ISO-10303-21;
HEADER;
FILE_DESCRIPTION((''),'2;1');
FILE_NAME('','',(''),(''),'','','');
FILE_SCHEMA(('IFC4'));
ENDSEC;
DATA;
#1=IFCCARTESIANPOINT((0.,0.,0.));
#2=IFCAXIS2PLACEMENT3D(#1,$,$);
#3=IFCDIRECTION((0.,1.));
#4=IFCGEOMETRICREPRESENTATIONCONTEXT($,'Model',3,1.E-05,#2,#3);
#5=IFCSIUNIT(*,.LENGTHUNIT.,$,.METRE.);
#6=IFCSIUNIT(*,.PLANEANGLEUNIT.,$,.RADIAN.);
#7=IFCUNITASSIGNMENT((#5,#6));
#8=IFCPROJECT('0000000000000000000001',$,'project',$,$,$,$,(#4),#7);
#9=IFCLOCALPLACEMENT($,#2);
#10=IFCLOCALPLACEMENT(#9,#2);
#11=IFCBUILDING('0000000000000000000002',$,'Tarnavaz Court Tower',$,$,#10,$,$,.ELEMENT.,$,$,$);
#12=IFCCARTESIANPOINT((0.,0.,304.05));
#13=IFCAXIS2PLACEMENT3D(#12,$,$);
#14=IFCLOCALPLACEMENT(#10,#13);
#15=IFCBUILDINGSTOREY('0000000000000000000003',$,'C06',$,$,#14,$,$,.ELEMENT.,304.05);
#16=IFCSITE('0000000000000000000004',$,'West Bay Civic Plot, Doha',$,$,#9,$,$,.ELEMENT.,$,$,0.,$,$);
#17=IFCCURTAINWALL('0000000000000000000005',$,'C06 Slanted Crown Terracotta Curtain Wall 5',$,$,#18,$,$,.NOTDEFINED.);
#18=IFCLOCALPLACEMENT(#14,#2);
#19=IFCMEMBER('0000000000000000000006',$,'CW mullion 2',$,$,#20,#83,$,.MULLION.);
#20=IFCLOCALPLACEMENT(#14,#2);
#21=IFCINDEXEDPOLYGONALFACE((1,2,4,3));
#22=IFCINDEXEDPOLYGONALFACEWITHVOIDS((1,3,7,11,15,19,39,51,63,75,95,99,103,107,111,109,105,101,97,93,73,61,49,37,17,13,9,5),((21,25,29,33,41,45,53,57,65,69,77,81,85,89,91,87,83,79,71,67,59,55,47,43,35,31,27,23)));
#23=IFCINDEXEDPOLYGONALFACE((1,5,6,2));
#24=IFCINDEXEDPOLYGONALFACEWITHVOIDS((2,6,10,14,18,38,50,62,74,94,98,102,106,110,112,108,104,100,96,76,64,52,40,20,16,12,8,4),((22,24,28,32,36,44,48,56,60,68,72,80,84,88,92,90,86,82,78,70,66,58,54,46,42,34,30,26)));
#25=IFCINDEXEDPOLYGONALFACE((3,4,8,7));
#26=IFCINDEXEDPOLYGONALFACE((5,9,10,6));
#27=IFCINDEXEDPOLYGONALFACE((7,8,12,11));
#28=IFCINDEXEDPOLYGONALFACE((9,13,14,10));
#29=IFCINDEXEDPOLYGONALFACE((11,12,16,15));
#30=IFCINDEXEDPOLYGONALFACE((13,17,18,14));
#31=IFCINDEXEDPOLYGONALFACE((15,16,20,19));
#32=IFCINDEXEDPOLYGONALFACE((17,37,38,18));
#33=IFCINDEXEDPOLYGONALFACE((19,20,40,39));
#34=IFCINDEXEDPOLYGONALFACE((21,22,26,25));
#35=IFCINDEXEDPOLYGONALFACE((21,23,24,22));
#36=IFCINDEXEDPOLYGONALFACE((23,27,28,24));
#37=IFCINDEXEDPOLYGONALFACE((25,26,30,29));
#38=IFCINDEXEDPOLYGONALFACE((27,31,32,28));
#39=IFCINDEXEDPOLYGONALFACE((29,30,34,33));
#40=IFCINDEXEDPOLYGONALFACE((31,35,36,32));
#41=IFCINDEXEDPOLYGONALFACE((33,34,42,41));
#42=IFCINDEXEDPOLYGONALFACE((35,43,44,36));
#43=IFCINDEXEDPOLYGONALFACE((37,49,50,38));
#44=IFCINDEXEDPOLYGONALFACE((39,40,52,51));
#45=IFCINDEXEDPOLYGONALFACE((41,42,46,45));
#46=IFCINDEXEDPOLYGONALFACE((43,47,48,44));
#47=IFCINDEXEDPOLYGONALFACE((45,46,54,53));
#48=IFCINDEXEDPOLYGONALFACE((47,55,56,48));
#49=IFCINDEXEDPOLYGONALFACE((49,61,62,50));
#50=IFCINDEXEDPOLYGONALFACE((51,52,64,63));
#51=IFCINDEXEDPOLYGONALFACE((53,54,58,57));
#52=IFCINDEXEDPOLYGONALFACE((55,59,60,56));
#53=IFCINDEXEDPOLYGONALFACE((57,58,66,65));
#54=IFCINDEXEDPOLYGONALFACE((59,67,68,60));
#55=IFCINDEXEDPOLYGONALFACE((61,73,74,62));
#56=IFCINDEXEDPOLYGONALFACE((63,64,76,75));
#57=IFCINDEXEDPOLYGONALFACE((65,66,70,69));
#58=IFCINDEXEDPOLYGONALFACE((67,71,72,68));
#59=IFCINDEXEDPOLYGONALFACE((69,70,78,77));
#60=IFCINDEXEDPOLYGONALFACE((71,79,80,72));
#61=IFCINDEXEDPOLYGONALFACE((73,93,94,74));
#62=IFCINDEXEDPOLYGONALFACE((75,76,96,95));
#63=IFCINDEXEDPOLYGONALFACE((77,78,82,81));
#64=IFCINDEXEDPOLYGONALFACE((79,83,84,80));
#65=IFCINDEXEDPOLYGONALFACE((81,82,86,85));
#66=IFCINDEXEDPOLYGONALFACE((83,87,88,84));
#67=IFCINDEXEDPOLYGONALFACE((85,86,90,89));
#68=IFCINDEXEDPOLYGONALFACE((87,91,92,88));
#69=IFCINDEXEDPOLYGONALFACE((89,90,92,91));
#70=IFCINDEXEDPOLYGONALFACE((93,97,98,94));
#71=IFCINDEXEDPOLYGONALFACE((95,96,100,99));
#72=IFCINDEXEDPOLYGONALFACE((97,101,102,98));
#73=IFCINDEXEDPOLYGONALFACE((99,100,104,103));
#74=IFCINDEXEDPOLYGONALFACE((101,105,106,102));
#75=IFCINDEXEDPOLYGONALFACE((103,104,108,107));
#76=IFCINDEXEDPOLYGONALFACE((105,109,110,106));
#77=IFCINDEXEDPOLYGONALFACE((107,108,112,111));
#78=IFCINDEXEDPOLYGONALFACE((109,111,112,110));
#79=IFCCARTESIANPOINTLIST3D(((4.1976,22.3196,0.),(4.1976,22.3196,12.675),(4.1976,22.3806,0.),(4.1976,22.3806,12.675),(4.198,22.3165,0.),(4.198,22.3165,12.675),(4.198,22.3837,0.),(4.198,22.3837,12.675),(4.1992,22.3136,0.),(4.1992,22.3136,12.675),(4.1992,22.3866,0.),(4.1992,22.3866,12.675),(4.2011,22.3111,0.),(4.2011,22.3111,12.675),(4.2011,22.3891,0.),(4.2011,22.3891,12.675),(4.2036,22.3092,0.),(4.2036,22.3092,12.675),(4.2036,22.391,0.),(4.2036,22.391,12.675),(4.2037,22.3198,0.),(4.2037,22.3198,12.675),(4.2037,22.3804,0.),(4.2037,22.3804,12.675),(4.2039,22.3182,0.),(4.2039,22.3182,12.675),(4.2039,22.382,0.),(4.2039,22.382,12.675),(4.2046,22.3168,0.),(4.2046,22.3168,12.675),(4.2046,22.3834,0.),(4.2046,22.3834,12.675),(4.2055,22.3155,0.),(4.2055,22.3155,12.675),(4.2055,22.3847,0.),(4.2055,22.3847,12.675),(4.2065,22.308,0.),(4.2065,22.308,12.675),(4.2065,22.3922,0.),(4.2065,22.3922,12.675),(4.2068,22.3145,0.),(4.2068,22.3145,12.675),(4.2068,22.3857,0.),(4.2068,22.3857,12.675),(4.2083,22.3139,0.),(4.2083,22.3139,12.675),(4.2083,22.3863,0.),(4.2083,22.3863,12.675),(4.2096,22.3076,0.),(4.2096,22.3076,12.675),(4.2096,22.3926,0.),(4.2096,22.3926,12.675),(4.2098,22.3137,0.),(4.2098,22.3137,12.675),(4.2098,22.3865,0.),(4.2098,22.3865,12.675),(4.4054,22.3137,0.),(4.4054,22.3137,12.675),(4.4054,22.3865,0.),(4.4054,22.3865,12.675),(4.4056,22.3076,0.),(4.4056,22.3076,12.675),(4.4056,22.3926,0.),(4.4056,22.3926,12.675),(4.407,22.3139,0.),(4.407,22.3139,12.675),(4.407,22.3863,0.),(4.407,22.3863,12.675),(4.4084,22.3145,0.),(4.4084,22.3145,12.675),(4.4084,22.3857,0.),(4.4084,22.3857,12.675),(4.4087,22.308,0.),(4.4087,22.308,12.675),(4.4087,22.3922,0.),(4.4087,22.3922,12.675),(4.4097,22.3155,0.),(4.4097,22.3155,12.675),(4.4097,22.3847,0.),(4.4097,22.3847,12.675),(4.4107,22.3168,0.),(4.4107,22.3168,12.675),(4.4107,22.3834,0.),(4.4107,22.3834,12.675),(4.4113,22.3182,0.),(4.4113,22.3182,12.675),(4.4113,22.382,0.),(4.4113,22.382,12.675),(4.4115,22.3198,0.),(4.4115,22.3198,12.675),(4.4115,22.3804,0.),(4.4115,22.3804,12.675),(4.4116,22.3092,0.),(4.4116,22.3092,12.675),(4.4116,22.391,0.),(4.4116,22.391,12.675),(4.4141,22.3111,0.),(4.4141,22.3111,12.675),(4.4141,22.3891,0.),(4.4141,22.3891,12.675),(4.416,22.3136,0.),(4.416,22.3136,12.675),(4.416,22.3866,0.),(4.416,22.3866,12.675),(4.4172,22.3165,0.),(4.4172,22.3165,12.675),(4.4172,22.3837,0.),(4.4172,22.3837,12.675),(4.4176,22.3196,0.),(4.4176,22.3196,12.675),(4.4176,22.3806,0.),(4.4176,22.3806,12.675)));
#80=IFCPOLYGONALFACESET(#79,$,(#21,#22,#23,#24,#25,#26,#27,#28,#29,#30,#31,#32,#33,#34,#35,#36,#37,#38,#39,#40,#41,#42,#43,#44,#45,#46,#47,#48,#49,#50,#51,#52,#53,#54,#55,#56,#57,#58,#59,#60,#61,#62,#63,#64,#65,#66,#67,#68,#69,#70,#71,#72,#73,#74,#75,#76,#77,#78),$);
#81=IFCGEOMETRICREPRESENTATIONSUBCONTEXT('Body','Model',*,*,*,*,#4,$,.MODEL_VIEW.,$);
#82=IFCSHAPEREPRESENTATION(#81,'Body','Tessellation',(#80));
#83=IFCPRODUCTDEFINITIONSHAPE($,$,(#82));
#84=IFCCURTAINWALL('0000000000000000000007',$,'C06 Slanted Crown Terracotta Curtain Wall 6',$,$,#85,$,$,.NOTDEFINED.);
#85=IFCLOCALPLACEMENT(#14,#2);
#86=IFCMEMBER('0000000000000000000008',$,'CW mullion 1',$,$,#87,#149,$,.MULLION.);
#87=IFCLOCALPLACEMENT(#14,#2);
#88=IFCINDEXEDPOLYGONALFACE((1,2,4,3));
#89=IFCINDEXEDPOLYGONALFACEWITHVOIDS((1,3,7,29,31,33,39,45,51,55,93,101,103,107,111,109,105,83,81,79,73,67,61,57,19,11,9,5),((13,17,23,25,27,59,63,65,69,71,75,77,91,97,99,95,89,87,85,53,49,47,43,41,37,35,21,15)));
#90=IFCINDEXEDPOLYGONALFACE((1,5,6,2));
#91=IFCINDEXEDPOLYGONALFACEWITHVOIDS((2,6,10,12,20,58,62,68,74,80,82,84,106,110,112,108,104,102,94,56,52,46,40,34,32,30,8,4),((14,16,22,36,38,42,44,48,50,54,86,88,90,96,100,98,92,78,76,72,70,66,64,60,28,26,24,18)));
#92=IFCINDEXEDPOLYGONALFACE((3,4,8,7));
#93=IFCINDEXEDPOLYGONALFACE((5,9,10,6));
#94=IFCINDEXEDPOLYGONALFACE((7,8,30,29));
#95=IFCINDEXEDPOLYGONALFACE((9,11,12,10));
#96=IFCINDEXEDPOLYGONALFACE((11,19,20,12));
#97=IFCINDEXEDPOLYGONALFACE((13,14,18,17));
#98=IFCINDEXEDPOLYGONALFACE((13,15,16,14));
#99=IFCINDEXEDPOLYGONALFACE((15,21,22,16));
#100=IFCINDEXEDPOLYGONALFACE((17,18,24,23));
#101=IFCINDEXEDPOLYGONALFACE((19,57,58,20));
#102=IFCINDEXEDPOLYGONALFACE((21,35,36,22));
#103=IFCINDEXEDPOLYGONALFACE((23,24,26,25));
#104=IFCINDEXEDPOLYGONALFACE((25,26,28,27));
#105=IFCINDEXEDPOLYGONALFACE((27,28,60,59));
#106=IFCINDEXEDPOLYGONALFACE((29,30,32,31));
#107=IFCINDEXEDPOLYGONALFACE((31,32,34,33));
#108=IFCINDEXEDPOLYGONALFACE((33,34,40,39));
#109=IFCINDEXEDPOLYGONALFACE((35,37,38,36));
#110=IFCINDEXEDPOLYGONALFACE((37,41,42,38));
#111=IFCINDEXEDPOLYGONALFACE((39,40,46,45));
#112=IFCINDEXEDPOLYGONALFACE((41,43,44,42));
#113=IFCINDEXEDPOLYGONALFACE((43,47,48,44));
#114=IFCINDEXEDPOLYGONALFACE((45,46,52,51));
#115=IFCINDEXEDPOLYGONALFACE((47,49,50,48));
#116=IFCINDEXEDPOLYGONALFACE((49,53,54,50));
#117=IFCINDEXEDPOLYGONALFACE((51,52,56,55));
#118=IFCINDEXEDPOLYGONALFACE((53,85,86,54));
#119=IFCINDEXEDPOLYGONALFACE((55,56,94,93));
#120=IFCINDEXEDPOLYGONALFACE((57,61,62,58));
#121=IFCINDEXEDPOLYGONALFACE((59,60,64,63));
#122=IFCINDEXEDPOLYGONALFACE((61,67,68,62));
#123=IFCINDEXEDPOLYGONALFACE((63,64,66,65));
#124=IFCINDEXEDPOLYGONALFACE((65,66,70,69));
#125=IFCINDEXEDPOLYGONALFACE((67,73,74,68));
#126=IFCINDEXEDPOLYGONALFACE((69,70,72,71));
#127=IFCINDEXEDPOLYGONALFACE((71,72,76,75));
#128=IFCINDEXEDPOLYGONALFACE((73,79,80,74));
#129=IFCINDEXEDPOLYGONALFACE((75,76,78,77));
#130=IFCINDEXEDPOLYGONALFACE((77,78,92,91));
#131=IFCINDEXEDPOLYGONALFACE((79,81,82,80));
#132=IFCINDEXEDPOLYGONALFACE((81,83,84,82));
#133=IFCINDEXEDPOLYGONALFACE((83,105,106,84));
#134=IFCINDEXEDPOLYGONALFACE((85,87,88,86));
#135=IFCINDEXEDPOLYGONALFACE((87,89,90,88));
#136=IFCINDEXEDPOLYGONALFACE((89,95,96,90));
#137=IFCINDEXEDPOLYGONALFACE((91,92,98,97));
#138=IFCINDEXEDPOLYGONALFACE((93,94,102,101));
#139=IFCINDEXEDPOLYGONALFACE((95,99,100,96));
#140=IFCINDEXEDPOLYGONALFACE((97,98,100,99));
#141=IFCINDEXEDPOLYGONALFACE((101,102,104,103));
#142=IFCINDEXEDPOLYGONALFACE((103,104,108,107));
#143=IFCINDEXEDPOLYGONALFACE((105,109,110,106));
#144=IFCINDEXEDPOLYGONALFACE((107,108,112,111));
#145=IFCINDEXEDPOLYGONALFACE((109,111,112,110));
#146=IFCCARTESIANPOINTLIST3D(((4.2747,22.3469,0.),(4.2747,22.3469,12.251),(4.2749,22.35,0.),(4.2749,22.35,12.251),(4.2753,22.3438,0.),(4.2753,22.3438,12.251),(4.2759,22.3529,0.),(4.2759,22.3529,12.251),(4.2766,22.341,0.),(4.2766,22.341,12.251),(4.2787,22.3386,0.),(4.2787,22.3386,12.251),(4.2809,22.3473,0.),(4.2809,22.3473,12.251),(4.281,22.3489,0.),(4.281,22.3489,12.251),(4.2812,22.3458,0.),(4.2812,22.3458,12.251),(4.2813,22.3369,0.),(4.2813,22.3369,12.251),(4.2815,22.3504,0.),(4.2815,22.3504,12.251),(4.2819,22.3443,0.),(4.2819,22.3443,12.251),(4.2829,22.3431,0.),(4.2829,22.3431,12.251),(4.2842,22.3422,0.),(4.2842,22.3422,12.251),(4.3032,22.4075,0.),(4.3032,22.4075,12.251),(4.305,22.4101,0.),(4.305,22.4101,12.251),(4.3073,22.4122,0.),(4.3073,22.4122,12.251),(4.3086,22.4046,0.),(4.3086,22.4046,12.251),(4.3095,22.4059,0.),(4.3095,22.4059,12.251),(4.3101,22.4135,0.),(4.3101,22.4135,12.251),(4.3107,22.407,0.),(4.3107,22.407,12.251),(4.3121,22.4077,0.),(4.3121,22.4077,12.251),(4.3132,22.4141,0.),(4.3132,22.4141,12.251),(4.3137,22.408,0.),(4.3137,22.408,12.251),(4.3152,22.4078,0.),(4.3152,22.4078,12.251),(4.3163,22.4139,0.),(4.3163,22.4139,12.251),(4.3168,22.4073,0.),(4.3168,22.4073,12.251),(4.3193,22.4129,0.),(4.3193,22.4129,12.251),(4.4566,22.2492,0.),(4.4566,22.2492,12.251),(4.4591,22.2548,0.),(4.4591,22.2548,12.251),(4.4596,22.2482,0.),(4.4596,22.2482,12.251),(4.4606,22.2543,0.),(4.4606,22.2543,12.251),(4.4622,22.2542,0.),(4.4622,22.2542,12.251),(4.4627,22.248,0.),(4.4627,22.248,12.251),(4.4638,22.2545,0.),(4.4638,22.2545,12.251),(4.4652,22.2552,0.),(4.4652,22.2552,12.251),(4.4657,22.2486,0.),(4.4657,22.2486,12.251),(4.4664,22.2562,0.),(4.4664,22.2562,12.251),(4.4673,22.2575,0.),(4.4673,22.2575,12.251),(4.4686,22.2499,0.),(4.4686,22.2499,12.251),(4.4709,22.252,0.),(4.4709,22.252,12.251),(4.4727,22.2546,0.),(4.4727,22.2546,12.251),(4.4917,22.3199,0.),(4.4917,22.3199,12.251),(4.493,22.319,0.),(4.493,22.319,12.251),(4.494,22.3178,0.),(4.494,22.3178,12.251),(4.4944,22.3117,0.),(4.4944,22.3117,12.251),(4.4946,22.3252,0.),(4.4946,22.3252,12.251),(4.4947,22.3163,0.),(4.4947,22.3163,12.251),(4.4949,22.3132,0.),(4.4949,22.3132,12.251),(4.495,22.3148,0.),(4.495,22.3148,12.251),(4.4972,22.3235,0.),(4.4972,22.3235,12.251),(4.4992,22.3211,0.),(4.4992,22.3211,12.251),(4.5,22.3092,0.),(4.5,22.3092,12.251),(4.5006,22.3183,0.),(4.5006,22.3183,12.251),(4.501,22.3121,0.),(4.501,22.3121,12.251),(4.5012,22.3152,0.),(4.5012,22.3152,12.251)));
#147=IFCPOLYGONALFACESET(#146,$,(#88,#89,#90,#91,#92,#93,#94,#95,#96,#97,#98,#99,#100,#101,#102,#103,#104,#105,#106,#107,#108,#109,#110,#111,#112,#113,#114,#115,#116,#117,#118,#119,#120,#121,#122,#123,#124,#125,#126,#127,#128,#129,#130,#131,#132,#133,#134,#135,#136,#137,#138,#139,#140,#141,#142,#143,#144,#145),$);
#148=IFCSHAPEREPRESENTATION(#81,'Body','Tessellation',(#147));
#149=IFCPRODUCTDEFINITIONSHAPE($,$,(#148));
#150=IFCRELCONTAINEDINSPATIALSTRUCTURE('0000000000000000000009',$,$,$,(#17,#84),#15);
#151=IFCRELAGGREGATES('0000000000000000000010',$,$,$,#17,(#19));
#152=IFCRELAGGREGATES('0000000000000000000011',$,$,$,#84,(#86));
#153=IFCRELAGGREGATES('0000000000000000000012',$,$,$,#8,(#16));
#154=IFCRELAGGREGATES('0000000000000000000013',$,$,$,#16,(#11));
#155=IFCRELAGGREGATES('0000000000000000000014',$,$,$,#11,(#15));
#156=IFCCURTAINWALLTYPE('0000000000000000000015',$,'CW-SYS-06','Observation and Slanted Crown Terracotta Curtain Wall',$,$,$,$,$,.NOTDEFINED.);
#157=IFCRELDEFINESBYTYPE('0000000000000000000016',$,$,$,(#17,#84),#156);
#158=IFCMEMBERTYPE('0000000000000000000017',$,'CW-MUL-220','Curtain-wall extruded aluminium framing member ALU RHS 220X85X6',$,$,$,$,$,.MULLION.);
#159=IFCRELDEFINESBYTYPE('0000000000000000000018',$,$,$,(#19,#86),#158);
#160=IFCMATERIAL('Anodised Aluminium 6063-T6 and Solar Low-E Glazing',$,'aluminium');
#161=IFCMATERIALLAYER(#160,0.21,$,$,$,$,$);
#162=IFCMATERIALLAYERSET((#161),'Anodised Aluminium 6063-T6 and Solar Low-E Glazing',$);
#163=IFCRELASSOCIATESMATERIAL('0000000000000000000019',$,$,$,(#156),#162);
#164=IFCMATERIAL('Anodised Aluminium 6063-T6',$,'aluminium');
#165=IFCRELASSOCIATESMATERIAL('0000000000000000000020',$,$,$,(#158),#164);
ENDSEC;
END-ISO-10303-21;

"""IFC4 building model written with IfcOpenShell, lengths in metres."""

from ifc_helpers import new_model, si_unit, direction, frame, origin, origin_2d, place, context, subcontext, project, spatial, hollow_rectangle, extrude, material, layer, layer_set, material_profile, profile_set, type_object, element, aggregate, save


model = new_model("IFC4")

# Units and contexts
model_context = context("Model", 3, precision=1e-05, world=origin(), true_north=direction((0.0, 1.0)))
body_context = subcontext(model_context, "Body", "Model", "MODEL_VIEW")
ifc_project = project(units=[si_unit("LENGTHUNIT", "METRE"), si_unit("PLANEANGLEUNIT", "RADIAN")], contexts=[model_context])

# Site, building, storey
site_placement = place(None, origin())
site = spatial("IfcSite", under=ifc_project, at=site_placement, Name="West Bay Civic Plot, Doha", CompositionType="ELEMENT", RefElevation=0.0)
building_placement = place(site_placement, origin())
building = spatial("IfcBuilding", under=site, at=building_placement, Name="Tarnavaz Court Tower", CompositionType="ELEMENT")
storey_placement = place(building_placement, frame((0.0, 0.0, 304.05)))
storey = spatial("IfcBuildingStorey", under=building, at=storey_placement, Name="C06", CompositionType="ELEMENT", Elevation=304.05)

# Curtain wall, member
ifc_material_1 = material(Name="Anodised Aluminium 6063-T6 and Solar Low-E Glazing", Category="aluminium")
ifc_layer_1 = layer(ifc_material_1, 0.21)
ifc_layer_set_1 = layer_set([ifc_layer_1], Name="Anodised Aluminium 6063-T6 and Solar Low-E Glazing")
curtain_wall_type = type_object("IfcCurtainWallType", Name="CW-SYS-06", Description="Observation and Slanted Crown Terracotta Curtain Wall", PredefinedType="NOTDEFINED", material=ifc_layer_set_1)
curtain_wall_1_placement = place(storey_placement, origin())
curtain_wall_1 = element("IfcCurtainWall", 1, at=curtain_wall_1_placement, inside=storey, type_object=curtain_wall_type, Name="C06 Slanted Crown Terracotta Curtain Wall 5", PredefinedType="NOTDEFINED")
ifc_material_2 = material(Name="Anodised Aluminium 6063-T6", Category="aluminium")
ifc_material_profile_1 = material_profile(ifc_material_2, hollow_rectangle(XDim=0.085, YDim=0.22, WallThickness=0.0061, InnerFilletRadius=0.0061, OuterFilletRadius=0.012, at=origin_2d()), Name="ALU RHS 220X85X6")
ifc_profile_set_1 = profile_set([ifc_material_profile_1], Name="Anodised Aluminium 6063-T6")
member_type_1 = type_object("IfcMemberType", Name="CW-MUL-220", Description="Curtain-wall extruded aluminium framing member ALU RHS 220X85X6", PredefinedType="MULLION", material=ifc_profile_set_1)
member_1_placement = place(storey_placement, frame((4.3076, 22.3501, 0.0), z_axis=(0.0, 0.0, 1.0), x_axis=(0.0, 1.0, 0.0)))
member_1 = element("IfcMember", 2, at=member_1_placement, type_object=member_type_1, Name="CW mullion 2", PredefinedType="MULLION", context=body_context, shape_type="SweptSolid", body=[
    extrude(hollow_rectangle(XDim=0.085, YDim=0.22, WallThickness=0.0061, InnerFilletRadius=0.0061, OuterFilletRadius=0.012, at=origin_2d()), origin(), (0.0, 0.0, 1.0), 12.675),
])

# Curtain wall, member
curtain_wall_2_placement = place(storey_placement, origin())
curtain_wall_2 = element("IfcCurtainWall", 3, at=curtain_wall_2_placement, inside=storey, type_object=curtain_wall_type, Name="C06 Slanted Crown Terracotta Curtain Wall 6", PredefinedType="NOTDEFINED")
member_2_placement = place(storey_placement, frame((4.3879, 22.3311, 0.0), z_axis=(0.0, 0.0, 1.0), x_axis=(0.447214, 0.894427, 0.0)))
member_2 = element("IfcMember", 4, at=member_2_placement, type_object=member_type_1, Name="CW mullion 1", PredefinedType="MULLION", context=body_context, shape_type="SweptSolid", body=[
    extrude(hollow_rectangle(XDim=0.085, YDim=0.22, WallThickness=0.0061, InnerFilletRadius=0.0061, OuterFilletRadius=0.012, at=origin_2d()), origin(), (0.0, 0.0, 1.0), 12.251),
])

aggregate(curtain_wall_1, [member_1])
aggregate(curtain_wall_2, [member_2])

save(model, "model.ifc")
